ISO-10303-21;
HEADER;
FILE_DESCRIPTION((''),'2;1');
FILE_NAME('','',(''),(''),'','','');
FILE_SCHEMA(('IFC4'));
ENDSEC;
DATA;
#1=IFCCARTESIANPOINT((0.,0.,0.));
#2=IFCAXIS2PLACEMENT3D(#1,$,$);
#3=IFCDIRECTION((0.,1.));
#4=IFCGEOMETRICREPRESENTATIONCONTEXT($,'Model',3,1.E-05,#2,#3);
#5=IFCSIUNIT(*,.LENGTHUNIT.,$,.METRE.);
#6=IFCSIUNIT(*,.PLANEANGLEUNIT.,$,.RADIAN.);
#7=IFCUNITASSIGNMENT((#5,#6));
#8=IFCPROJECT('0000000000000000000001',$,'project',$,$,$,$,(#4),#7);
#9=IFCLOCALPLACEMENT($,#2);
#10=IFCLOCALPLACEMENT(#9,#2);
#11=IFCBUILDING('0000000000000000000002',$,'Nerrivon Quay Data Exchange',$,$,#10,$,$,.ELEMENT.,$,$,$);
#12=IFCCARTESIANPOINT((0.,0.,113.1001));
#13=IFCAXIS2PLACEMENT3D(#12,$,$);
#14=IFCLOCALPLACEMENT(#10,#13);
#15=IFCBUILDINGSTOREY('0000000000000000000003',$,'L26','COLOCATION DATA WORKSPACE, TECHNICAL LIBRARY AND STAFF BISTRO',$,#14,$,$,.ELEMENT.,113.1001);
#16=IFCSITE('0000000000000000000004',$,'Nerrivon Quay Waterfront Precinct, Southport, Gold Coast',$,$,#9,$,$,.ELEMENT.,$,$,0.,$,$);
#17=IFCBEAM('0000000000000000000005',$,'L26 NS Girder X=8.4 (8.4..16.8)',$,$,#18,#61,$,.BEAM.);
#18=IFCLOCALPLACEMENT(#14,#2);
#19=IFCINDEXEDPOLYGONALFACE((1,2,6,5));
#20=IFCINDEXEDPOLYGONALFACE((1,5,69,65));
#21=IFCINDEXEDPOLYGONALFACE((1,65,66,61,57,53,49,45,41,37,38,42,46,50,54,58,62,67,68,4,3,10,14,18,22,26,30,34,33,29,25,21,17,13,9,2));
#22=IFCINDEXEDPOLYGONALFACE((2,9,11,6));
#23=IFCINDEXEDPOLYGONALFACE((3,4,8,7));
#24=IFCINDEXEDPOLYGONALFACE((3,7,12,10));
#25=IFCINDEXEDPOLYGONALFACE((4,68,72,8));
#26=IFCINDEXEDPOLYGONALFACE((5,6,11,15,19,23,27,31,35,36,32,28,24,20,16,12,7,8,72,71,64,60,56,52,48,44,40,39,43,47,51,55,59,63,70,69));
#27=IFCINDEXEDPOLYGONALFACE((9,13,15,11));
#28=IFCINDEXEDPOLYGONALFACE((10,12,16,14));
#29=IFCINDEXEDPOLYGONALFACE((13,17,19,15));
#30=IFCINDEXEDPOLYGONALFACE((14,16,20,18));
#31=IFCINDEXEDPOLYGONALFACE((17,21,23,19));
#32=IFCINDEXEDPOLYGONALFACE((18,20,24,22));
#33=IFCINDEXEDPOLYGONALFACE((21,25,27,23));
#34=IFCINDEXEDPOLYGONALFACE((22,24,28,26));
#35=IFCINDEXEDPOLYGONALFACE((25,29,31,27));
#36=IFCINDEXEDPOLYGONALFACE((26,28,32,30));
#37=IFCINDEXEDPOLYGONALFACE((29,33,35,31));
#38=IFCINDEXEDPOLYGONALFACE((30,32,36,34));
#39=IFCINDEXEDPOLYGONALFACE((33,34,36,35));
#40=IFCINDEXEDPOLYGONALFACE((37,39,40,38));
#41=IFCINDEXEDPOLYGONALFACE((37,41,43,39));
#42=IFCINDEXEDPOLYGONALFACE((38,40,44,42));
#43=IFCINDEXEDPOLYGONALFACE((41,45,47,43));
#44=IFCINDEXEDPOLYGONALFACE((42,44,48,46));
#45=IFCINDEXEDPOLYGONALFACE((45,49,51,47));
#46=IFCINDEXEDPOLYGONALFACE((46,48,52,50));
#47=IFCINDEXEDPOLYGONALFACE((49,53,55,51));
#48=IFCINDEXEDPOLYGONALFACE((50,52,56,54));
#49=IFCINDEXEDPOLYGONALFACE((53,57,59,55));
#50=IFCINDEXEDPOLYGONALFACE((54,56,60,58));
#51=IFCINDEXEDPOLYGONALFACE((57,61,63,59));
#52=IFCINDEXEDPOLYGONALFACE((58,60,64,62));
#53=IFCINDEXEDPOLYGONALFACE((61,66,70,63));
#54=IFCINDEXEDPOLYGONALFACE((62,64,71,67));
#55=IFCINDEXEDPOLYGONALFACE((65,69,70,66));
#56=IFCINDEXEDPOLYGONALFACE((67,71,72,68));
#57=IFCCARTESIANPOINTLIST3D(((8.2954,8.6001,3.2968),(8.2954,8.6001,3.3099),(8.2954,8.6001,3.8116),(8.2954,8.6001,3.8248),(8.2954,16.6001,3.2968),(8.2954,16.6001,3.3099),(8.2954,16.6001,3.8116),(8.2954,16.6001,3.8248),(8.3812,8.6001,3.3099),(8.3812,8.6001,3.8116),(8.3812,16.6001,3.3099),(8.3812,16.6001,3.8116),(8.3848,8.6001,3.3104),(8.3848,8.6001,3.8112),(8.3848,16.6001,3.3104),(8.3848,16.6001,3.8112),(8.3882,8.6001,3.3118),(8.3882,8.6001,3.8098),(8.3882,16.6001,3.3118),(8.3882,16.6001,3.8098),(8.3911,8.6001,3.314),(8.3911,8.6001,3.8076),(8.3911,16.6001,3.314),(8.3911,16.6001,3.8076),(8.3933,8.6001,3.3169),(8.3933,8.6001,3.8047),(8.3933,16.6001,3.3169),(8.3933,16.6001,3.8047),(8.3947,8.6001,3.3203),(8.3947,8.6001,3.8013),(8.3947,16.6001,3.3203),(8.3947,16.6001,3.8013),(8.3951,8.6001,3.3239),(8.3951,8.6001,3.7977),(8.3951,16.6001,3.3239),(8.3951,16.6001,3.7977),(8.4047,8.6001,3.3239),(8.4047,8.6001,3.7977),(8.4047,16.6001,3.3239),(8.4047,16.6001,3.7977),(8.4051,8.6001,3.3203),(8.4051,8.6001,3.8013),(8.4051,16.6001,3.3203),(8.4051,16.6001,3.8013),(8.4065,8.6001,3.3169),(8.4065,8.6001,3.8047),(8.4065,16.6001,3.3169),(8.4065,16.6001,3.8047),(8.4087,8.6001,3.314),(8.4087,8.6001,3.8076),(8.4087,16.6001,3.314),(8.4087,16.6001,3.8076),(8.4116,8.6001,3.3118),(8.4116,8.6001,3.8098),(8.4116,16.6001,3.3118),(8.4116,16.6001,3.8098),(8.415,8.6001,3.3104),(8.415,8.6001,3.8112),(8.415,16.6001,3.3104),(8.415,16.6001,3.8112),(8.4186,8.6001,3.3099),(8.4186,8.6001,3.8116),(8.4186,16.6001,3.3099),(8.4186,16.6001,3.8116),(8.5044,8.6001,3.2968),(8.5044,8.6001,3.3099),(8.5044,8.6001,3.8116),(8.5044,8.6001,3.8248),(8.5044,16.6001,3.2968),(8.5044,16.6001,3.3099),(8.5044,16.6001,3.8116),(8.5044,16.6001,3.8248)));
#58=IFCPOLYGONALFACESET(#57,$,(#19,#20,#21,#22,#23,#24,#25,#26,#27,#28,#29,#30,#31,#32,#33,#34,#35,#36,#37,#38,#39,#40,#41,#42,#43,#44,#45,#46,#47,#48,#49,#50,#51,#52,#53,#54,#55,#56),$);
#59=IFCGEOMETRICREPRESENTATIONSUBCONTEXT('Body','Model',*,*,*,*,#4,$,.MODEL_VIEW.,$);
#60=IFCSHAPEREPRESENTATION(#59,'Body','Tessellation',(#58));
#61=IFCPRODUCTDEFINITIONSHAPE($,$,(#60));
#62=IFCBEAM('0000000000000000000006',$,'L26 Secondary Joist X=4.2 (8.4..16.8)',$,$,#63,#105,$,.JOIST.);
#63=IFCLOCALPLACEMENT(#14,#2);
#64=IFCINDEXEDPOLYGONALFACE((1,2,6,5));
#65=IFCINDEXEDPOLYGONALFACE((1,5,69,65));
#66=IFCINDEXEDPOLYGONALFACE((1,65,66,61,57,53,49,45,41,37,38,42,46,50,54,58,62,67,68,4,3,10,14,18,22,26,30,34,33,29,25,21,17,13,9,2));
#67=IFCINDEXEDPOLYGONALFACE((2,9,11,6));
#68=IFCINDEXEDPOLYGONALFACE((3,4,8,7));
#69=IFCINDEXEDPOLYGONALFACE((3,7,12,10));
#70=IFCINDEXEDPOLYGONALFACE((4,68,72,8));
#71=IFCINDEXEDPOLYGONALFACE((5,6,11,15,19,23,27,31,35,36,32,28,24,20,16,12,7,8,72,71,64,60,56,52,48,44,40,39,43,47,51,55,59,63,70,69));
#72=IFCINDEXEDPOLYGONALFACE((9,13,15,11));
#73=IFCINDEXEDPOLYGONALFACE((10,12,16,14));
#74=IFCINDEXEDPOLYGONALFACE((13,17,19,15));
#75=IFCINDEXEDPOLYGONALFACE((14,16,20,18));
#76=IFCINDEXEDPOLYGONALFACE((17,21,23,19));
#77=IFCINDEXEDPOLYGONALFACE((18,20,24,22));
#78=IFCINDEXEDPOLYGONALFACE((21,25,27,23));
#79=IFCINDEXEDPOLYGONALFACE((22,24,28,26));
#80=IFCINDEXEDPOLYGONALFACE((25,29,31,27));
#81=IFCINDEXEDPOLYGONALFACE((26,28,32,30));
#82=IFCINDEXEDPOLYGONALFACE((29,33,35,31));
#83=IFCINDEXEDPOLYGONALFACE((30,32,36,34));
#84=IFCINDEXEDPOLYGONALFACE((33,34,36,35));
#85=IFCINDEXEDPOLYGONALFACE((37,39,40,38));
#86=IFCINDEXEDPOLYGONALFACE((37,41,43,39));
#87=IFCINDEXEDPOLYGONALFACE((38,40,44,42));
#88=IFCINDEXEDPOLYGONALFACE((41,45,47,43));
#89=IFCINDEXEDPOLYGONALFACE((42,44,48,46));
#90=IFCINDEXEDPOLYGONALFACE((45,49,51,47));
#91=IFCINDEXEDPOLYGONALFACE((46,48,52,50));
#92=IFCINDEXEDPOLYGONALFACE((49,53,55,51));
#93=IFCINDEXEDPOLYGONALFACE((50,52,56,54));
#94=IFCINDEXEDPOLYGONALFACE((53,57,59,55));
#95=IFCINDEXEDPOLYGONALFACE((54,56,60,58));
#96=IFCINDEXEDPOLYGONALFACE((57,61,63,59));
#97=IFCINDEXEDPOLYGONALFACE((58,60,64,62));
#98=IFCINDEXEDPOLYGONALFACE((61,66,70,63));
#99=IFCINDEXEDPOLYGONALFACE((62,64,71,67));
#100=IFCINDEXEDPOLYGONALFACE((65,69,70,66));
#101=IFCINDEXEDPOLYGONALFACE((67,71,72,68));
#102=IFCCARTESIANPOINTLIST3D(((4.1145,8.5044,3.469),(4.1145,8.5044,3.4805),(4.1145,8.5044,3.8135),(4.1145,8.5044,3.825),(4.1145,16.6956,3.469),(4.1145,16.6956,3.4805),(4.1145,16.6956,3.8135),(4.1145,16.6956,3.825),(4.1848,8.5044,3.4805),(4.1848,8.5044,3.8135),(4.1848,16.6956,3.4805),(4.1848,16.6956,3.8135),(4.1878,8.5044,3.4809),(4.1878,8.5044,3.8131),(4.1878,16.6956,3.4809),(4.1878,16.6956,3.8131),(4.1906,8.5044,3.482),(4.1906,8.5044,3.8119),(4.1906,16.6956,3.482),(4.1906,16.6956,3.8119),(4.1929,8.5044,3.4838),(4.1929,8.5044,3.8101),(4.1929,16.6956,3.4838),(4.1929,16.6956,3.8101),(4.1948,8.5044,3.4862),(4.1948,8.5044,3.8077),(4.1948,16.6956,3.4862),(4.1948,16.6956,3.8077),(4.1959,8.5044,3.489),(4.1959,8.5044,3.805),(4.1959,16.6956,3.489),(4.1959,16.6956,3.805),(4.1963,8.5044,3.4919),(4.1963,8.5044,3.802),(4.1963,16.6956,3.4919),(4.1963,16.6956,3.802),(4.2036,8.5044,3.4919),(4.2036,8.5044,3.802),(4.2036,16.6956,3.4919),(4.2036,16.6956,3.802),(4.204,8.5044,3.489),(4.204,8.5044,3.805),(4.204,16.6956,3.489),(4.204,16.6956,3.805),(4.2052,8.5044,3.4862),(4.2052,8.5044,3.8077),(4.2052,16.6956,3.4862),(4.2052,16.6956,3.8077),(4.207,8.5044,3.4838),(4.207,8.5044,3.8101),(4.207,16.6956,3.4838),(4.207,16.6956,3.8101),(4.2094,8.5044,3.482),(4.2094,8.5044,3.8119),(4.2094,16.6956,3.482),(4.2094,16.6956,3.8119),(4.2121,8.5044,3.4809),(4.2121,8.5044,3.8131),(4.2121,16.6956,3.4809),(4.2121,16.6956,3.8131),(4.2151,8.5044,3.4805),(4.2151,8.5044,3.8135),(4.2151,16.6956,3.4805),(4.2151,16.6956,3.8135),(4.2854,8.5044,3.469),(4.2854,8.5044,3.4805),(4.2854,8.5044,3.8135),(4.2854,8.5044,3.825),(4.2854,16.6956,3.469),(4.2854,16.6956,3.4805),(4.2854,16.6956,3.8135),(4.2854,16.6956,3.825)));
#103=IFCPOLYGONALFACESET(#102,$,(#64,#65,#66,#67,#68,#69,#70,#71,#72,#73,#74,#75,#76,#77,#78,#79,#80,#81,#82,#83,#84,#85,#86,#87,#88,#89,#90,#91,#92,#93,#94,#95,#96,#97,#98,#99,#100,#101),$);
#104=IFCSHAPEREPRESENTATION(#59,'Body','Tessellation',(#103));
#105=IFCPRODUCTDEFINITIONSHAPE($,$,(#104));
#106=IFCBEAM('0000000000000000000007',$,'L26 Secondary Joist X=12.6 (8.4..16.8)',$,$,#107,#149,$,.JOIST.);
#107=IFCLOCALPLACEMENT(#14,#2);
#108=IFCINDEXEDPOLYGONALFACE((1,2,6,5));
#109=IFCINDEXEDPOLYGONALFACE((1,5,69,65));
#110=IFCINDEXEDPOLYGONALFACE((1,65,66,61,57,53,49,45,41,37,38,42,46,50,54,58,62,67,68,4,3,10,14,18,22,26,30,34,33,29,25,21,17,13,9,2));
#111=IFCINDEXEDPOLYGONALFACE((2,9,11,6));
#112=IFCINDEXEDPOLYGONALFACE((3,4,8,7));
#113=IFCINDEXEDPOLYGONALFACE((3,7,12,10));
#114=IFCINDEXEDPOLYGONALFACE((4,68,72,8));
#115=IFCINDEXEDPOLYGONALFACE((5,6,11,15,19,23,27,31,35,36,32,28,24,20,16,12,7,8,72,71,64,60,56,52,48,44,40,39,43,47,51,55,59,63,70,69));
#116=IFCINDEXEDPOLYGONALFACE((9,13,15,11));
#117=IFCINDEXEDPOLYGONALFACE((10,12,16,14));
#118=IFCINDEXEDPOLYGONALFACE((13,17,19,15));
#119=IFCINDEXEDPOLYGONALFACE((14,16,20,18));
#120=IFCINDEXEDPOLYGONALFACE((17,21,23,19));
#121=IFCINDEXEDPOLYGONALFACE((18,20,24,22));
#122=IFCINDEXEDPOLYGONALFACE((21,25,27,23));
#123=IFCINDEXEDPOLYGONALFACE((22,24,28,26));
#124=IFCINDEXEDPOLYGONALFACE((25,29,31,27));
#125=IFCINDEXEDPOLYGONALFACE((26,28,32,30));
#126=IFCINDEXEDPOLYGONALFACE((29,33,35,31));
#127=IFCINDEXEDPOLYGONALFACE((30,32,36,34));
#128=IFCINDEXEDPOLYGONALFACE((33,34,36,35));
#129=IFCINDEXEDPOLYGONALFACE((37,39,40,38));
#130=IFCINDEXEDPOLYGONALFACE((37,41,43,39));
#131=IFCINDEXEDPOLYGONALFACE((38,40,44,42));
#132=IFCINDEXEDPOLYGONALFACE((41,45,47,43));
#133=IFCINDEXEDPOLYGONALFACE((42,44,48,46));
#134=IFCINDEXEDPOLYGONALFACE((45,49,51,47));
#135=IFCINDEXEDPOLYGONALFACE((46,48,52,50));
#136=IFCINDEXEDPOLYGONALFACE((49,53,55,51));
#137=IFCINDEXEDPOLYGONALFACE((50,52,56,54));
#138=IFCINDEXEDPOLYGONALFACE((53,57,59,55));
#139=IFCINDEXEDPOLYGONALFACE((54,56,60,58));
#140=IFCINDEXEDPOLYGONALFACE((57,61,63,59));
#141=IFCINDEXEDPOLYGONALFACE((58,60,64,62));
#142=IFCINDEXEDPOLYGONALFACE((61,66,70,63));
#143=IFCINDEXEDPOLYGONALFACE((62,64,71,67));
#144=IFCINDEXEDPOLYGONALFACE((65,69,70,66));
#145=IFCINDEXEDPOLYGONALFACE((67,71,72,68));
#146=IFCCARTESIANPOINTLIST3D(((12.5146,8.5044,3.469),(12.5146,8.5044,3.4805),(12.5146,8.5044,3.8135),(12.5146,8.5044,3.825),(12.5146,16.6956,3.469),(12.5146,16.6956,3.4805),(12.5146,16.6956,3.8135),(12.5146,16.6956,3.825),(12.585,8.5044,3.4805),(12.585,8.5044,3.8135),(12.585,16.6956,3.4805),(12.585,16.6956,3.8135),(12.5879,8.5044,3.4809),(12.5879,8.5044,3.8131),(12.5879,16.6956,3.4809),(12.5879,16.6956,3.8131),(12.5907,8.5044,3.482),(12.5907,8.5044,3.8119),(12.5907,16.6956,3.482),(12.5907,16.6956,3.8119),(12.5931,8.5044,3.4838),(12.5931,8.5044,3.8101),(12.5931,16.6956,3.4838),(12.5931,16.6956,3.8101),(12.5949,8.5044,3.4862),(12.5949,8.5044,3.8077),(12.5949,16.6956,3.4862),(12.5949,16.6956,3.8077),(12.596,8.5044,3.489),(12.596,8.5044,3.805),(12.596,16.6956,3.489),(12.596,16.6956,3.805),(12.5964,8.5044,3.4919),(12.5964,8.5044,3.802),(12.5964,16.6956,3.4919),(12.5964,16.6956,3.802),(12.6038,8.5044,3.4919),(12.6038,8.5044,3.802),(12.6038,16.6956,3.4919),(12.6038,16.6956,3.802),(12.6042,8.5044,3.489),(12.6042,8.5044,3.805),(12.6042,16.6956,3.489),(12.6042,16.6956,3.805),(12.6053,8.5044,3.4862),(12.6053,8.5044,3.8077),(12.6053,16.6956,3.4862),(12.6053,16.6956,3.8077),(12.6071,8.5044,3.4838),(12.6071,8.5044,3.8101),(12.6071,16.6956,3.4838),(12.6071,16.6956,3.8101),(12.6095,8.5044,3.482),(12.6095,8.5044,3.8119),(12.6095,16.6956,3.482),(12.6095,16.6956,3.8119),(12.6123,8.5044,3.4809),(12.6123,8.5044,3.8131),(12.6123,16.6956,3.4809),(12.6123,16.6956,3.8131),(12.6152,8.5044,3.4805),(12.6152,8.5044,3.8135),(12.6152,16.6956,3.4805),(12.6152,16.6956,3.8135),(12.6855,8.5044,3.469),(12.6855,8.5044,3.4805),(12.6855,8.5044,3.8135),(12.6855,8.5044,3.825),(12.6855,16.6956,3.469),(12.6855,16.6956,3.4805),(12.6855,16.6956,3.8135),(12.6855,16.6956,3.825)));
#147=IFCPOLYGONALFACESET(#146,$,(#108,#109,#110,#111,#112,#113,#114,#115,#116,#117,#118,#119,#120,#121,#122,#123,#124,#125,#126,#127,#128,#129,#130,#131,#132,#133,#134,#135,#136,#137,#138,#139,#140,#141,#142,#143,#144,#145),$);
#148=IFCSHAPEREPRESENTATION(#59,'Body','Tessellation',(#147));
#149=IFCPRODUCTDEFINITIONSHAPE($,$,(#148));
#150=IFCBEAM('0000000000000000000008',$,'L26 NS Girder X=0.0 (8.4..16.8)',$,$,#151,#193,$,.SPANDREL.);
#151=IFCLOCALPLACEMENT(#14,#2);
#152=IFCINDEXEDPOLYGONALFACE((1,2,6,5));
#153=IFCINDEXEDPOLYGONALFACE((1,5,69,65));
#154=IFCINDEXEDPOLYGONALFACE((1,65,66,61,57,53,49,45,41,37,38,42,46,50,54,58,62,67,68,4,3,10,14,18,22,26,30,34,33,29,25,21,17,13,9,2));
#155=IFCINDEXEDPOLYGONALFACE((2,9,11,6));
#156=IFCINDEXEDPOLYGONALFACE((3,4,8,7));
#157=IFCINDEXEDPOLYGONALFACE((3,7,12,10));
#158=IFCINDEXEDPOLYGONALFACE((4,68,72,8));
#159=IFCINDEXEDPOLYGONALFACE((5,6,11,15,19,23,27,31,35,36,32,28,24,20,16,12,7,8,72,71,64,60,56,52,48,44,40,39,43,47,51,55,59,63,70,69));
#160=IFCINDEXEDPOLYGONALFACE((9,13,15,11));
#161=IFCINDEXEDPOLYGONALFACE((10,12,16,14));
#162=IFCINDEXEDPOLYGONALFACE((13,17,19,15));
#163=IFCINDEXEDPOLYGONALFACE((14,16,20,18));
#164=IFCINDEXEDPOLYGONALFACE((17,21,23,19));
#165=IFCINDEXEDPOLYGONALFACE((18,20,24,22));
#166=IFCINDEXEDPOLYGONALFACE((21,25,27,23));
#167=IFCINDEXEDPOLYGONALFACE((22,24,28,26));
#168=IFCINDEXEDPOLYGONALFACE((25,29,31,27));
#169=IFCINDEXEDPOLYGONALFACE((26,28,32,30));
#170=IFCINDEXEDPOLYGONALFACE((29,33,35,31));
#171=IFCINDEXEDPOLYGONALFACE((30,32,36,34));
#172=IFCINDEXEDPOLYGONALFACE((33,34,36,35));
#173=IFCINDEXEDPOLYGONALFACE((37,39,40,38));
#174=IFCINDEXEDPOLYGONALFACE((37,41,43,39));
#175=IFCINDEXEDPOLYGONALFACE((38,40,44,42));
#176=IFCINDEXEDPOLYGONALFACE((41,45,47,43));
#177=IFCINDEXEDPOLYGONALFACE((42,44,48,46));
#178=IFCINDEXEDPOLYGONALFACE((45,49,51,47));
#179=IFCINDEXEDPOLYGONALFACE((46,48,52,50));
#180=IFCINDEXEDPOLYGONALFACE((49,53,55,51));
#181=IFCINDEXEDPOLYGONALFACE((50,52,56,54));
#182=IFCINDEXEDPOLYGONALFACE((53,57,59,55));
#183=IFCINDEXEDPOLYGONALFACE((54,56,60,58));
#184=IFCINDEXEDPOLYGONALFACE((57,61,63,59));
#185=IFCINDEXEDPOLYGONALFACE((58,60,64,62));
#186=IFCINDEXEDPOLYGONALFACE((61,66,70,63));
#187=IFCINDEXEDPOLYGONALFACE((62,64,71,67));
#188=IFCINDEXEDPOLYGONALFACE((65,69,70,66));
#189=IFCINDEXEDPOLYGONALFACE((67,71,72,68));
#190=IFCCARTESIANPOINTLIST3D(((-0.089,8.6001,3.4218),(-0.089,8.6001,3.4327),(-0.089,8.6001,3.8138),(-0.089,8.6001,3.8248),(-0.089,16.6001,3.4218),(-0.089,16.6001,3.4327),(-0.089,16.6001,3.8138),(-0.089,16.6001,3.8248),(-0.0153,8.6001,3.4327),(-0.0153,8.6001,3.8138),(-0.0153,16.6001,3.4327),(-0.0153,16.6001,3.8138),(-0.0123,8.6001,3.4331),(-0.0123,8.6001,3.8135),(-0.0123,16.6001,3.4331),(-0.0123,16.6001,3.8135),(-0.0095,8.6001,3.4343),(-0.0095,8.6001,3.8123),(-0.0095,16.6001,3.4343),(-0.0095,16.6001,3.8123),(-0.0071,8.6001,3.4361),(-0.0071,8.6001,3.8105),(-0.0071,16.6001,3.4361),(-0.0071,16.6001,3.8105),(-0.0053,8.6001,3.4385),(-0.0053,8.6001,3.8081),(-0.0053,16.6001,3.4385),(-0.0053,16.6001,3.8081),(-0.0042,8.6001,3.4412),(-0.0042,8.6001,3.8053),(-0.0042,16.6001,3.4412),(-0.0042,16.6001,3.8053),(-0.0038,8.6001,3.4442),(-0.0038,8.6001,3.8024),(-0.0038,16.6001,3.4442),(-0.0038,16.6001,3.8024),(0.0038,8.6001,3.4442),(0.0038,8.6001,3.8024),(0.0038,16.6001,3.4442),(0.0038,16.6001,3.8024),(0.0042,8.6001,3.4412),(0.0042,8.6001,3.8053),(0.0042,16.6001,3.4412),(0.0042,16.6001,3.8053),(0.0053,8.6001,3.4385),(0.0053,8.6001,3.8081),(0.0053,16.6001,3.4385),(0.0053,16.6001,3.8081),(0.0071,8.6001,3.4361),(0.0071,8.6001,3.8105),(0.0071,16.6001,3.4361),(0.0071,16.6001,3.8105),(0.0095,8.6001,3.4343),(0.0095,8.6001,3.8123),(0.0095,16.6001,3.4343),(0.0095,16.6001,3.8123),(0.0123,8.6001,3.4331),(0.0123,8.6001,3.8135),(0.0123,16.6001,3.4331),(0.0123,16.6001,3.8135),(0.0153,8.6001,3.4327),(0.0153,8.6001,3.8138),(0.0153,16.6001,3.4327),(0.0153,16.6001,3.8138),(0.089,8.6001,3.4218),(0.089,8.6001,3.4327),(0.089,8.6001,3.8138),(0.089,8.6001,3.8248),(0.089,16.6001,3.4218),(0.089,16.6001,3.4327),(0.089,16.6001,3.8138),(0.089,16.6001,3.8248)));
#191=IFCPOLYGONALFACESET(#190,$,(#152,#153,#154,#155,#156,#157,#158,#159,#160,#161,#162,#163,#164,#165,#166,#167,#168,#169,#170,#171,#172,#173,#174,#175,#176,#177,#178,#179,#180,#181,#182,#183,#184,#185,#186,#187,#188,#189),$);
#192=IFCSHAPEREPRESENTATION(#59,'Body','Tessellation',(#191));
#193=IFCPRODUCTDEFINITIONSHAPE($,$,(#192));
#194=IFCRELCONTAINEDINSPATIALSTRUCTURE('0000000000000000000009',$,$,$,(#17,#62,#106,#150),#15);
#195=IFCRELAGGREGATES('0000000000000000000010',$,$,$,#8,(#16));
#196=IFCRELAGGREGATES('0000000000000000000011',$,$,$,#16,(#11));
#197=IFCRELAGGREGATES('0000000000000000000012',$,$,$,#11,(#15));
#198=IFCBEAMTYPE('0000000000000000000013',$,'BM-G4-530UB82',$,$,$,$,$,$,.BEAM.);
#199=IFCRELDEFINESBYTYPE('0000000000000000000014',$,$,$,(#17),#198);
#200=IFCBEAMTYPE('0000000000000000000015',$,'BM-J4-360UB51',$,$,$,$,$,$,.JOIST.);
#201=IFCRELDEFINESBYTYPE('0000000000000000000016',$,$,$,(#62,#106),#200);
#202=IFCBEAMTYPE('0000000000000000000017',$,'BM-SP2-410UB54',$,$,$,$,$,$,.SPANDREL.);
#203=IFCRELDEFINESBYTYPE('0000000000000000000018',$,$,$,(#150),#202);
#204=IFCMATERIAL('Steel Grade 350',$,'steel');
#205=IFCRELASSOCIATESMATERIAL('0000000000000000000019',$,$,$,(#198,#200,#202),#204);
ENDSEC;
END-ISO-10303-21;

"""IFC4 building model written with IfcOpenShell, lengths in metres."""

from ifc_helpers import new_model, si_unit, direction, frame, origin, origin_2d, place, context, subcontext, project, spatial, i_section, extrude, material, material_profile, profile_set, type_object, element, save


model = new_model("IFC4")

# Units and contexts
model_context = context("Model", 3, precision=1e-05, world=origin(), true_north=direction((0.0, 1.0)))
body_context = subcontext(model_context, "Body", "Model", "MODEL_VIEW")
ifc_project = project(units=[si_unit("LENGTHUNIT", "METRE"), si_unit("PLANEANGLEUNIT", "RADIAN")], contexts=[model_context])

# Site, building, storey
site_placement = place(None, origin())
site = spatial("IfcSite", under=ifc_project, at=site_placement, Name="Nerrivon Quay Waterfront Precinct, Southport, Gold Coast", CompositionType="ELEMENT", RefElevation=0.0)
building_placement = place(site_placement, origin())
building = spatial("IfcBuilding", under=site, at=building_placement, Name="Nerrivon Quay Data Exchange", CompositionType="ELEMENT")
storey_placement = place(building_placement, frame((0.0, 0.0, 113.1001)))
storey = spatial("IfcBuildingStorey", under=building, at=storey_placement, Name="L26", Description="COLOCATION DATA WORKSPACE, TECHNICAL LIBRARY AND STAFF BISTRO", CompositionType="ELEMENT", Elevation=113.1001)

# Shared definitions
ifc_material_1 = material(Name="Steel Grade 350", Category="steel")

# Beams
ifc_material_profile_1 = material_profile(ifc_material_1, i_section(OverallWidth=0.209, OverallDepth=0.5281, WebThickness=0.0095, FlangeThickness=0.0132, FilletRadius=0.0139, at=origin_2d()), Name="530UB82.0")
ifc_profile_set_1 = profile_set([ifc_material_profile_1], Name="Steel Grade 350")
beam_type_1 = type_object("IfcBeamType", Name="BM-G4-530UB82", PredefinedType="BEAM", material=ifc_profile_set_1)
beam_1_placement = place(storey_placement, frame((8.3999, 8.6001, 3.5608), z_axis=(0.0, 1.0, 0.0), x_axis=(-1.0, 0.0, 0.0)))
element("IfcBeam", 1, at=beam_1_placement, inside=storey, type_object=beam_type_1, Name="L26 NS Girder X=8.4 (8.4..16.8)", PredefinedType="BEAM", context=body_context, shape_type="SweptSolid", body=[
    extrude(i_section(OverallWidth=0.209, OverallDepth=0.5281, WebThickness=0.0095, FlangeThickness=0.0132, FilletRadius=0.0139, at=origin_2d()), origin(), (0.0, 0.0, 1.0), 8.0),
])
ifc_material_profile_2 = material_profile(ifc_material_1, i_section(OverallWidth=0.1709, OverallDepth=0.356, WebThickness=0.0073, FlangeThickness=0.0115, FilletRadius=0.0115, at=origin_2d()), Name="360UB50.7")
ifc_profile_set_2 = profile_set([ifc_material_profile_2], Name="Steel Grade 350")
beam_type_2 = type_object("IfcBeamType", Name="BM-J4-360UB51", PredefinedType="JOIST", material=ifc_profile_set_2)
for number, where, z_axis, x_axis, name in (
    (2, (4.2, 8.5044, 3.647), (0.0, 1.0, 0.0), (-1.0, 0.0, 0.0), "L26 Secondary Joist X=4.2 (8.4..16.8)"),
    (3, (12.6001, 8.5044, 3.647), (0.0, 1.0, 0.0), (-1.0, 0.0, 0.0), "L26 Secondary Joist X=12.6 (8.4..16.8)"),
):
    element("IfcBeam", number, at=place(storey_placement, frame(where, z_axis=z_axis, x_axis=x_axis)), inside=storey, type_object=beam_type_2, Name=name, PredefinedType="JOIST", context=body_context, shape_type="SweptSolid", body=[
        extrude(i_section(OverallWidth=0.1709, OverallDepth=0.356, WebThickness=0.0073, FlangeThickness=0.0115, FilletRadius=0.0115, at=origin_2d()), origin(), (0.0, 0.0, 1.0), 8.1912),
    ])
ifc_material_profile_3 = material_profile(ifc_material_1, i_section(OverallWidth=0.178, OverallDepth=0.4031, WebThickness=0.0076, FlangeThickness=0.011, FilletRadius=0.0115, at=origin_2d()), Name="410UB53.7")
ifc_profile_set_3 = profile_set([ifc_material_profile_3], Name="Steel Grade 350")
beam_type_3 = type_object("IfcBeamType", Name="BM-SP2-410UB54", PredefinedType="SPANDREL", material=ifc_profile_set_3)
beam_2_placement = place(storey_placement, frame((0.0, 8.6001, 3.6233), z_axis=(0.0, 1.0, 0.0), x_axis=(-1.0, 0.0, 0.0)))
element("IfcBeam", 4, at=beam_2_placement, inside=storey, type_object=beam_type_3, Name="L26 NS Girder X=0.0 (8.4..16.8)", PredefinedType="SPANDREL", context=body_context, shape_type="SweptSolid", body=[
    extrude(i_section(OverallWidth=0.178, OverallDepth=0.4031, WebThickness=0.0076, FlangeThickness=0.011, FilletRadius=0.0115, at=origin_2d()), origin(), (0.0, 0.0, 1.0), 8.0),
])

save(model, "model.ifc")
